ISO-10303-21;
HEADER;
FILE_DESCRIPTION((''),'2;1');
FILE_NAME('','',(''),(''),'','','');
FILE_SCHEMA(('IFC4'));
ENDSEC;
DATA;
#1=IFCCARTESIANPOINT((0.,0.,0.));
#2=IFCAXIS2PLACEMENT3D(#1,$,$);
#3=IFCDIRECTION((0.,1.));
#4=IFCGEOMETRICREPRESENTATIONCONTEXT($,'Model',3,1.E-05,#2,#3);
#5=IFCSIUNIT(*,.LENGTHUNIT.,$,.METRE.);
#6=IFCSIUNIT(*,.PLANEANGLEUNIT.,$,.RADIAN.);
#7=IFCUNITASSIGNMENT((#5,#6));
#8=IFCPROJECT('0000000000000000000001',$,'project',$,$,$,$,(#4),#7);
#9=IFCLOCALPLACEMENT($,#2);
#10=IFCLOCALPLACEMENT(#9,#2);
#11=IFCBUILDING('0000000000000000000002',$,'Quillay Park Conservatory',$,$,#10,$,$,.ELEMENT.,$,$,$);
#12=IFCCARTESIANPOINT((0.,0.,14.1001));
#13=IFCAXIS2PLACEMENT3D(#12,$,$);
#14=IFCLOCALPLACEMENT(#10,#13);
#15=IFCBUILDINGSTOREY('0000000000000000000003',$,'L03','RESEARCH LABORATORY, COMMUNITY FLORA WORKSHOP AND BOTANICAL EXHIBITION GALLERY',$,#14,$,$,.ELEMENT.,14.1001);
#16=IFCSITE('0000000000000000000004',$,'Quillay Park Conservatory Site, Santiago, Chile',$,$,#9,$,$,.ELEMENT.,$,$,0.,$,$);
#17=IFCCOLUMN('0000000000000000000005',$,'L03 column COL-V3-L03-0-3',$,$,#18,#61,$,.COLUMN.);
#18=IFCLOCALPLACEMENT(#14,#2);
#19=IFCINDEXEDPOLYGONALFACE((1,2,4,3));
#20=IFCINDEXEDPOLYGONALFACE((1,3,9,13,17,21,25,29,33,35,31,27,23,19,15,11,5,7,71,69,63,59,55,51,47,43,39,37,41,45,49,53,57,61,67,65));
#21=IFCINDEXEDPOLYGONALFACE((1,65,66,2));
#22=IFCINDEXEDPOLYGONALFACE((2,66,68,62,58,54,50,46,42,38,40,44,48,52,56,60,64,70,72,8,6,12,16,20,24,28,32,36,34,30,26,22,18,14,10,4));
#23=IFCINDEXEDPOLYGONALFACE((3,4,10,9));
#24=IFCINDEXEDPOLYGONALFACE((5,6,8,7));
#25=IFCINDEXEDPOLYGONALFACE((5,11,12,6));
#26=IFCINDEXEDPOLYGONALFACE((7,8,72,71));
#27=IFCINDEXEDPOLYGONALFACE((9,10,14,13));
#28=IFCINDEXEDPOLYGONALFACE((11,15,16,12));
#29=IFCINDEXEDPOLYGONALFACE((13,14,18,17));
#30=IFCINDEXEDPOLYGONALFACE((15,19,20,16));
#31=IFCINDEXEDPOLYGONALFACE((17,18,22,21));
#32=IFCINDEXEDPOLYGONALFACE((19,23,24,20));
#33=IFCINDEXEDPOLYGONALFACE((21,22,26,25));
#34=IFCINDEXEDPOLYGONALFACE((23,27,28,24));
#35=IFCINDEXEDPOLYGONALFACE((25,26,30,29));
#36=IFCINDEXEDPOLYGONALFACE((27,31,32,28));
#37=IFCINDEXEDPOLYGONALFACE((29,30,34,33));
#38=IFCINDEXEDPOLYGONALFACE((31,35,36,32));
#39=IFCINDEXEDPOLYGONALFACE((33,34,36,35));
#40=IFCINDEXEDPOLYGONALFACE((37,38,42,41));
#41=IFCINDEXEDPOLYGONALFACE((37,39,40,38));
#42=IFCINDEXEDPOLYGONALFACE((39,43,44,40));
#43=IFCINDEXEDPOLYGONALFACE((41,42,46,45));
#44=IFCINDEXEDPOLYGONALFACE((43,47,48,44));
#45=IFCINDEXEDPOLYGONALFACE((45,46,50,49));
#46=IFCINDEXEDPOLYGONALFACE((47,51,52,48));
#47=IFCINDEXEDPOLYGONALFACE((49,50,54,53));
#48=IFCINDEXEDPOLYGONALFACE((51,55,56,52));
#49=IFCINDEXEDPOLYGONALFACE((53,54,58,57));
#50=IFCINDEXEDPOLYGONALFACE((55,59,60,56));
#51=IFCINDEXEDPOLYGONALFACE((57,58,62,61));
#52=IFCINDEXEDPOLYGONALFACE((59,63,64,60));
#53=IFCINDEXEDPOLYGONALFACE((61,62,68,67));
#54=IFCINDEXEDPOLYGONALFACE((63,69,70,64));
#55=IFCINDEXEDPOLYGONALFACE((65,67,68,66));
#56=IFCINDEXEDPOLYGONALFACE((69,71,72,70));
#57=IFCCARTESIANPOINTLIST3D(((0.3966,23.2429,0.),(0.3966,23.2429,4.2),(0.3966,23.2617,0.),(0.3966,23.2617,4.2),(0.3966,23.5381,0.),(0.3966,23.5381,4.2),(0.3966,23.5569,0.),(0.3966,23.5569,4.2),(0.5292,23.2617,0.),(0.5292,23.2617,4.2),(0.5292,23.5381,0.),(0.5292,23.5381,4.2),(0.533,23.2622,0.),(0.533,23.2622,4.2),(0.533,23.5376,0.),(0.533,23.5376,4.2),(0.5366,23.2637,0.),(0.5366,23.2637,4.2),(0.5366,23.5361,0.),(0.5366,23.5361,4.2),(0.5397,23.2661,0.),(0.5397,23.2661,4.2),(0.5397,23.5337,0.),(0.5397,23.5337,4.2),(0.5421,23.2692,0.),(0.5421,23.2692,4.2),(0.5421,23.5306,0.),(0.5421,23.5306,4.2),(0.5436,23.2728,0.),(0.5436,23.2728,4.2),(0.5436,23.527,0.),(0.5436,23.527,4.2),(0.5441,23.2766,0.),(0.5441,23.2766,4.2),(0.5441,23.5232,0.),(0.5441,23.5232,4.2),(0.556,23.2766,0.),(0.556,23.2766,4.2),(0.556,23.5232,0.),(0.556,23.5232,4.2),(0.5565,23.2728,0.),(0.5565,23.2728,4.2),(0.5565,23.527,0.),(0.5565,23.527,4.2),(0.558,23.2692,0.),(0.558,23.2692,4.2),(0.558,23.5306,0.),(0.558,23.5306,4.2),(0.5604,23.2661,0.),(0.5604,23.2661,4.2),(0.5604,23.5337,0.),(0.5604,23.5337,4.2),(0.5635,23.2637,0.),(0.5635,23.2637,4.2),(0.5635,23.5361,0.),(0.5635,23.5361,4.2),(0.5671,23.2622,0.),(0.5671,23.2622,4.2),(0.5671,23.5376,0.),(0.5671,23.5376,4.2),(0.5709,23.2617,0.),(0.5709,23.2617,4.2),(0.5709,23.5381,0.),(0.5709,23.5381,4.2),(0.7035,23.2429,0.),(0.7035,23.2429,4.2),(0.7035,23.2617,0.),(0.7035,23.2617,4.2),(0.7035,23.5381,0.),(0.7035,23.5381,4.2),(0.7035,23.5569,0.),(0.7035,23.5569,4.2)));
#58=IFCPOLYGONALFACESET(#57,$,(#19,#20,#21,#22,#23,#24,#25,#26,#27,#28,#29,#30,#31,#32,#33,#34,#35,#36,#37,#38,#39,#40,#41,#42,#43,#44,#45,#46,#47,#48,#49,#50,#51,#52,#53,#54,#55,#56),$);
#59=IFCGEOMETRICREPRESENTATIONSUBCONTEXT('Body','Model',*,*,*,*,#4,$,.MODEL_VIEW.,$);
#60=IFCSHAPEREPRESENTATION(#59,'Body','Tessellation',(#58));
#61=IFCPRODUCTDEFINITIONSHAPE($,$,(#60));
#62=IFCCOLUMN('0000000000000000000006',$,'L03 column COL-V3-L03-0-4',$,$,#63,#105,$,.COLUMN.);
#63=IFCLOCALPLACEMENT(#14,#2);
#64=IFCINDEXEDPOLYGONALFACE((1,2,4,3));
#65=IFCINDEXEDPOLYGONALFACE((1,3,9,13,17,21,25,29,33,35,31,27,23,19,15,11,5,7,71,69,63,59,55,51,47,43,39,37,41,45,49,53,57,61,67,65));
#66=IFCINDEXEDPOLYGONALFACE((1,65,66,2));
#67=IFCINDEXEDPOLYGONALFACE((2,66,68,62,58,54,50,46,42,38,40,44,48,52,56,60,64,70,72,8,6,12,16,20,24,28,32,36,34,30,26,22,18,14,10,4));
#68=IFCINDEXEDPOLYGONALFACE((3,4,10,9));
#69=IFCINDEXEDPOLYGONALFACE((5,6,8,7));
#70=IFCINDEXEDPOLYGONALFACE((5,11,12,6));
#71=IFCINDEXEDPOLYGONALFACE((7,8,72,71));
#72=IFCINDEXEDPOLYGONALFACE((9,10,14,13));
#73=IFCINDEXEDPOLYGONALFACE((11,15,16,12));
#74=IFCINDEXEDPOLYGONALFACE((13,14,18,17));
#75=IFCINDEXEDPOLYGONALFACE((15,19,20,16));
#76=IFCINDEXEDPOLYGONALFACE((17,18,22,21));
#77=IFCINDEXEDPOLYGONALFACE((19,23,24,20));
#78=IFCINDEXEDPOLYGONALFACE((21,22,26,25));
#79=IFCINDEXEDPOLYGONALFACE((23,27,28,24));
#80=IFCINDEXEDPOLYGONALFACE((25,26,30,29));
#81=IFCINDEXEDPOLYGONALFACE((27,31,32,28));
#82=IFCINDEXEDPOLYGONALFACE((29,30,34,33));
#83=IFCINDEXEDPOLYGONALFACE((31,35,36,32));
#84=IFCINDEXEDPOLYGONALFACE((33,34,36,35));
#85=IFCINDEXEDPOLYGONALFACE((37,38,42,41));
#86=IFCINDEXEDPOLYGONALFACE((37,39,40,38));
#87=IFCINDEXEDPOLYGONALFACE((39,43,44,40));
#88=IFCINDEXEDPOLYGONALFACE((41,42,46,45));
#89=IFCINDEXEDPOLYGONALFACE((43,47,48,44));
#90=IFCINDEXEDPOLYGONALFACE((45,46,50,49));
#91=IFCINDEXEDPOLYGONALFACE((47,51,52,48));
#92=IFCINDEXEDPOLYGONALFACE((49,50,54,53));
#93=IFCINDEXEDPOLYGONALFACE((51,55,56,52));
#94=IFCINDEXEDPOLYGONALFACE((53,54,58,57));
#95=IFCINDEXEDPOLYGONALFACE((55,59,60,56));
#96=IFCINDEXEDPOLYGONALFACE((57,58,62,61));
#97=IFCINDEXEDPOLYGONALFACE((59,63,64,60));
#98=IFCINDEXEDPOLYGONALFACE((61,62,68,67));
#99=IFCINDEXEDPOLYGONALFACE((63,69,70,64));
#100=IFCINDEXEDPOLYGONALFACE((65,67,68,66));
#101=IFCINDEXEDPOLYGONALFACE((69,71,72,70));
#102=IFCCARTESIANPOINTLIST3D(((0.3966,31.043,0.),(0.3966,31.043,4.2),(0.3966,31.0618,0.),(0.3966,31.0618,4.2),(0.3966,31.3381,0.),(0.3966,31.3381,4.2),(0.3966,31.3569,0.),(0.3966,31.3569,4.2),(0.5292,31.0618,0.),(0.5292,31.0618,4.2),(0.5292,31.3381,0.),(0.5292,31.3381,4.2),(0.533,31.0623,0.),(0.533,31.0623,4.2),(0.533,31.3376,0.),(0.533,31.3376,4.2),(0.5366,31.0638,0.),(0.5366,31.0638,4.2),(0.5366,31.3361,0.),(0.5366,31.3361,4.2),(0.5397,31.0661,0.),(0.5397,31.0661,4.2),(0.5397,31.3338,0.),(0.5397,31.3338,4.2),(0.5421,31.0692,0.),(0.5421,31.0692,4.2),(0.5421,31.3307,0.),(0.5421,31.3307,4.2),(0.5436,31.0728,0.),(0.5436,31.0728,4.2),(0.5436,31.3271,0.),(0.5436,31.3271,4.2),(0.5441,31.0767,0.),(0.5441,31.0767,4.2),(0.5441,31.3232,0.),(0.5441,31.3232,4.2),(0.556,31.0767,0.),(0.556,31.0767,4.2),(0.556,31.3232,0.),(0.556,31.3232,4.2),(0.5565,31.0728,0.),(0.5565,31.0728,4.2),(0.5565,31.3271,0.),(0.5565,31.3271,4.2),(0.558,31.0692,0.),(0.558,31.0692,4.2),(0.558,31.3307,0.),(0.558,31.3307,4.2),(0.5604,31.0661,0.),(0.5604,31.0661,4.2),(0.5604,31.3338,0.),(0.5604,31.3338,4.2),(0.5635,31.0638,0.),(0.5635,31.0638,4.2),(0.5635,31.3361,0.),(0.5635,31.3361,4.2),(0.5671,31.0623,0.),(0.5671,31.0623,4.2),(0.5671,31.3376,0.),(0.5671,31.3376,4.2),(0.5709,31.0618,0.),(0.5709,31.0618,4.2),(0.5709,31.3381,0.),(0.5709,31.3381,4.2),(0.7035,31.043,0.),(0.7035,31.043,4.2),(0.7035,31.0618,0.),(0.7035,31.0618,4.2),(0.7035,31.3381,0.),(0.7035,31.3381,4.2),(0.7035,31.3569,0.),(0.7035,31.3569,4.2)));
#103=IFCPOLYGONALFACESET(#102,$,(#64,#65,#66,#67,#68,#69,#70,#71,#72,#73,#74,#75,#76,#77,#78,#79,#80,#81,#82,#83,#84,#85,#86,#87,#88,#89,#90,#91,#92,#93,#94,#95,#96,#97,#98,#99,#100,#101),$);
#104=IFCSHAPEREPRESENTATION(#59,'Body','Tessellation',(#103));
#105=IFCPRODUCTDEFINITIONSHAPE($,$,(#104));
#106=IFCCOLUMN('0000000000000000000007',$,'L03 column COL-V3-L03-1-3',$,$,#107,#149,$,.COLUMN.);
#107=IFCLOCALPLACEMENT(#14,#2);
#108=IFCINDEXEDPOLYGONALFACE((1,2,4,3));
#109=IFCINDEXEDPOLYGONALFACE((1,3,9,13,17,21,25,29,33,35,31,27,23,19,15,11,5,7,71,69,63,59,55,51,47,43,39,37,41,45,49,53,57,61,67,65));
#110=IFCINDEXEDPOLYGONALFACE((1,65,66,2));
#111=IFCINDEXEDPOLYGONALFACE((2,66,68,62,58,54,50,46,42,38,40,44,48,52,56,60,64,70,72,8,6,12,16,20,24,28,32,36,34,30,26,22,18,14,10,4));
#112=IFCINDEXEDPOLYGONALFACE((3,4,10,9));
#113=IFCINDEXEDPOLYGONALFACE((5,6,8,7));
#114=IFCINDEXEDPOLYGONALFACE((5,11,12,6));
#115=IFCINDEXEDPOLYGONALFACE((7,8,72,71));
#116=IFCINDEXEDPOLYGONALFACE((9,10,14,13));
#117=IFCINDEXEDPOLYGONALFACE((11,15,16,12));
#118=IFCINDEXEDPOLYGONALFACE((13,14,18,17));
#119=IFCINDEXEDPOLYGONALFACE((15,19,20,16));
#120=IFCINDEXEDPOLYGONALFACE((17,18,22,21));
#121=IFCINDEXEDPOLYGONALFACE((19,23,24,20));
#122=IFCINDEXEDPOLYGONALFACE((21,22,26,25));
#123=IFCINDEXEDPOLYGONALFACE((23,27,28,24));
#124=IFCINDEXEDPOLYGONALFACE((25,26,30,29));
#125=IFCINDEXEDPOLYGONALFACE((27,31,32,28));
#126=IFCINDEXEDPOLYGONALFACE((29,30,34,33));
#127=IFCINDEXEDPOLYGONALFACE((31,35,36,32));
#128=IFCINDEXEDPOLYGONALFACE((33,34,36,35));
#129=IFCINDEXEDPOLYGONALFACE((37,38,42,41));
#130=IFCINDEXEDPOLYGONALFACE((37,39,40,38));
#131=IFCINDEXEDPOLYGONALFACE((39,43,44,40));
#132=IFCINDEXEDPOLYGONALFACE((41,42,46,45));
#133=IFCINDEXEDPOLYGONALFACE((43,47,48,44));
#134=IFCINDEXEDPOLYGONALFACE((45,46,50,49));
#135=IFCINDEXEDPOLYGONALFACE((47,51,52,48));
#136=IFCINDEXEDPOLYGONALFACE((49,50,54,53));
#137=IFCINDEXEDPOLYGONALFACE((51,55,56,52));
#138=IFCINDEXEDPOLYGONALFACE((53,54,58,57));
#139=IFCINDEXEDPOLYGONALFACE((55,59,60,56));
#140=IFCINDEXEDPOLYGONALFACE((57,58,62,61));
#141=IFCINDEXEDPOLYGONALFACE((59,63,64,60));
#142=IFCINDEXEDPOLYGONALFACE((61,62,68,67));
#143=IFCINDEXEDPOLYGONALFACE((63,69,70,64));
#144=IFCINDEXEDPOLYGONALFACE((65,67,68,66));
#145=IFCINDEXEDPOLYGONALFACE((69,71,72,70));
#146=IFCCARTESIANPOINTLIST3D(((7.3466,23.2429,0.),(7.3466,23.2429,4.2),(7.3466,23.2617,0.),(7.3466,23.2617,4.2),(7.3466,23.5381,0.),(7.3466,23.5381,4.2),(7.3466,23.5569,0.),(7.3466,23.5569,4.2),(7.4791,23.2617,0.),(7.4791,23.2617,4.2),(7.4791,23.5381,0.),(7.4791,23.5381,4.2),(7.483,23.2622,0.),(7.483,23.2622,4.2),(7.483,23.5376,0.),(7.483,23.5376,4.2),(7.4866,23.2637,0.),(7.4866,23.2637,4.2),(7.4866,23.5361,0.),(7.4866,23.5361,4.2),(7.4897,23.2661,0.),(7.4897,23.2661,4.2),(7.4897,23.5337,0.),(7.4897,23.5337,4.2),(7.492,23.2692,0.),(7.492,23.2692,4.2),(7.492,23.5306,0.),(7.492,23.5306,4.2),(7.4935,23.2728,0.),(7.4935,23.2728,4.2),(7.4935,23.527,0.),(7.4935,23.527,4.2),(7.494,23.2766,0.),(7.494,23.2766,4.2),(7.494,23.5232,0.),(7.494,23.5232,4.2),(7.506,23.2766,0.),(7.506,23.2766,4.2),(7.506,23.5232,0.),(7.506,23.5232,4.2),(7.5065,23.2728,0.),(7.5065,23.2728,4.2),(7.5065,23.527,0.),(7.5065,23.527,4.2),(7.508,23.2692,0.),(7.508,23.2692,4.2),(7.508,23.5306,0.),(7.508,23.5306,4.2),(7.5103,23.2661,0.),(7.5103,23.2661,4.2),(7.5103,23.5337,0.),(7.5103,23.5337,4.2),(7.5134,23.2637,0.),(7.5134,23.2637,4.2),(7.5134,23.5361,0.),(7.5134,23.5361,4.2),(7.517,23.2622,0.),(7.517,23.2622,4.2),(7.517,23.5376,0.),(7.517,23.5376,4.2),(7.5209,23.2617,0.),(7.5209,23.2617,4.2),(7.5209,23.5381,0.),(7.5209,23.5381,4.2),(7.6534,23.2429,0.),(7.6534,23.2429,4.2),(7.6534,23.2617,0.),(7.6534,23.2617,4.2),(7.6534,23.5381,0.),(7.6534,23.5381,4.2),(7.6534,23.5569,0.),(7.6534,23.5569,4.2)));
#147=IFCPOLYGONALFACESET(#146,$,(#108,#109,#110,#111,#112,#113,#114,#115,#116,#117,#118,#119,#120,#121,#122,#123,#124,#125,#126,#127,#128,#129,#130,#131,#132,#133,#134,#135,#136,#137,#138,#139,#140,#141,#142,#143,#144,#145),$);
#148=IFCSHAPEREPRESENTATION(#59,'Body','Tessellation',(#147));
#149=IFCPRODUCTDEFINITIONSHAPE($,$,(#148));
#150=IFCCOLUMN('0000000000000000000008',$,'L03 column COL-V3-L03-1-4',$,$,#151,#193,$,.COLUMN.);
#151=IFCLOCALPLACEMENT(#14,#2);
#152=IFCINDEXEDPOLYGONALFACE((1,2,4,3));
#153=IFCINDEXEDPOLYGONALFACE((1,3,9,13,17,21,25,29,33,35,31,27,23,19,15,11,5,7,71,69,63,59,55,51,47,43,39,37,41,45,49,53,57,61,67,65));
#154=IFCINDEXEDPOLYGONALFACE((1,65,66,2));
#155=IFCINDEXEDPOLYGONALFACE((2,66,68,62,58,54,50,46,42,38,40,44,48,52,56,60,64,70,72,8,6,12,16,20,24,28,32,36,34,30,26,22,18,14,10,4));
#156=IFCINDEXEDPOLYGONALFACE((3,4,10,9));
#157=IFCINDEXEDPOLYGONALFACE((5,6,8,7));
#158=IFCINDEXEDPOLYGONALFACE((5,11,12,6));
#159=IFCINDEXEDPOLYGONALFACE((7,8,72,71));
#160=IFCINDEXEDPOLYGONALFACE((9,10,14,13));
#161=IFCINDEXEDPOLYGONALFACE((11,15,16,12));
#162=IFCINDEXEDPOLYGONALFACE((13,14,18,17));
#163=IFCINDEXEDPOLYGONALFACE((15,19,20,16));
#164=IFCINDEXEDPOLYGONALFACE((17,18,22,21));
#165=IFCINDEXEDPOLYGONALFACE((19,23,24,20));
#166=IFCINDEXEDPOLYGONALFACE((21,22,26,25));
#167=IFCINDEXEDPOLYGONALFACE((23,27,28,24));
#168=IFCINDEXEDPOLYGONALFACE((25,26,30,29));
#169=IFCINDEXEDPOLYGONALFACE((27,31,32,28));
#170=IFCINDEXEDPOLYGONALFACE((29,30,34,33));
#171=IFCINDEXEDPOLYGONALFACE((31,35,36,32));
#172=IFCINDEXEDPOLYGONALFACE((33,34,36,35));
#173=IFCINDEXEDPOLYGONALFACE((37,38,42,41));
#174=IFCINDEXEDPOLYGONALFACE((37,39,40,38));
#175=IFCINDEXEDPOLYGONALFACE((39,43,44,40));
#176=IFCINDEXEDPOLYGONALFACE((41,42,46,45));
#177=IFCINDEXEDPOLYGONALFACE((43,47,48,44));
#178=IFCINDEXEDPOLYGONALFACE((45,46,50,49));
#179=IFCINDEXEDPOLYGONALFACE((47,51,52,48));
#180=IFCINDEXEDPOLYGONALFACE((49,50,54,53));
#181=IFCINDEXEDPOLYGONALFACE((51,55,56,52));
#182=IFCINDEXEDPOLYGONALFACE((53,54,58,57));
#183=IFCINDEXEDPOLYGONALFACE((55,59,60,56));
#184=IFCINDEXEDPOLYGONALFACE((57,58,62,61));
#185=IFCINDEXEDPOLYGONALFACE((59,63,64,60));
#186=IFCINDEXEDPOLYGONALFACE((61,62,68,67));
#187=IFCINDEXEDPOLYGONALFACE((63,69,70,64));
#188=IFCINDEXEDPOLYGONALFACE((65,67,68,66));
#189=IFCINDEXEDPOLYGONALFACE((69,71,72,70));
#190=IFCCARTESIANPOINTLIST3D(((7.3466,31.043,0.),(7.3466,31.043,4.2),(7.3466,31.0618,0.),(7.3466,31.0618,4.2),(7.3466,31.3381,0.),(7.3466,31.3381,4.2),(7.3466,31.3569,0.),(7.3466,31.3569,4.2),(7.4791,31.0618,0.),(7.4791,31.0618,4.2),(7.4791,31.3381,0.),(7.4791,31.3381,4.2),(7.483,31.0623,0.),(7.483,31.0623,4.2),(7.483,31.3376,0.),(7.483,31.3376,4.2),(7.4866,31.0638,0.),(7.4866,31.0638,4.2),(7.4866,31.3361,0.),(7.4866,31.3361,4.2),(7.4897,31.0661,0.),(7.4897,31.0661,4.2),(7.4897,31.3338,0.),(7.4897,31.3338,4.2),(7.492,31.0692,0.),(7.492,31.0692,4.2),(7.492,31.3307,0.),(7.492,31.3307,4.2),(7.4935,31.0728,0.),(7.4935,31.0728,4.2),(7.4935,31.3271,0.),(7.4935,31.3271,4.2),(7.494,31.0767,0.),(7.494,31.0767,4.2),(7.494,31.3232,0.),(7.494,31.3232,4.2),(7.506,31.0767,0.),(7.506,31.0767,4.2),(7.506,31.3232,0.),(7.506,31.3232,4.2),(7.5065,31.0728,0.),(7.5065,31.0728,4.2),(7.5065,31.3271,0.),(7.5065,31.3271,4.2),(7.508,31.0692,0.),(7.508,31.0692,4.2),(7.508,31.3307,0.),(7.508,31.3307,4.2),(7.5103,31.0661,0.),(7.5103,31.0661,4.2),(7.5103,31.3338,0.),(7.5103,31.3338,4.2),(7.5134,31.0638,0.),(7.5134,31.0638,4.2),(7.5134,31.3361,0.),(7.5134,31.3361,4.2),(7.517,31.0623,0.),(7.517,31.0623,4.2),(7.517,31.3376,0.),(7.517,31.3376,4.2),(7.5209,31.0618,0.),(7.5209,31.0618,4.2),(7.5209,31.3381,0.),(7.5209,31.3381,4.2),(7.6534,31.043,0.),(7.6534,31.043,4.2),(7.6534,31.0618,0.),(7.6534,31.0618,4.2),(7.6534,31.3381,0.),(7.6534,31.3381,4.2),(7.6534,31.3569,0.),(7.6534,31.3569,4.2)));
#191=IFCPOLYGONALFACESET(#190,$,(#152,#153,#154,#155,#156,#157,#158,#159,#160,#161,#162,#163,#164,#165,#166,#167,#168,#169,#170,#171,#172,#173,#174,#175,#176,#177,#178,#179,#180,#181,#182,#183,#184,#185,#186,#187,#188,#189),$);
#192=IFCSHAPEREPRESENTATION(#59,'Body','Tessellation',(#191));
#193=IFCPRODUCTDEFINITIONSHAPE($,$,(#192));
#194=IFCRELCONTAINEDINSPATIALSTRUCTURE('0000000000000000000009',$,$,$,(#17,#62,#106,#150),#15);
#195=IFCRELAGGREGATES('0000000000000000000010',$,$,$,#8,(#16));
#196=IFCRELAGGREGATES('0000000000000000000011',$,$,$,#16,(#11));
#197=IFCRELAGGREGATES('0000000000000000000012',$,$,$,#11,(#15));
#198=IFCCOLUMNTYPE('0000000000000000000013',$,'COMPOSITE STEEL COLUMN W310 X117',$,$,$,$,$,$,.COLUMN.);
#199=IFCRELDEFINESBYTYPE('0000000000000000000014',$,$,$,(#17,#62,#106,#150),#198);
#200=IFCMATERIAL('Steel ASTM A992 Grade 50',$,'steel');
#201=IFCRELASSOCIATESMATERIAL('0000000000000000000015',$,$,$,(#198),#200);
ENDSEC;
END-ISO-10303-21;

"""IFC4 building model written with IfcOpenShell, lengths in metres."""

from ifc_helpers import new_model, si_unit, direction, frame, origin, origin_2d, place, context, subcontext, project, spatial, i_section, extrude, material, material_profile, profile_set, type_object, element, save


model = new_model("IFC4")

# Units and contexts
model_context = context("Model", 3, precision=1e-05, world=origin(), true_north=direction((0.0, 1.0)))
body_context = subcontext(model_context, "Body", "Model", "MODEL_VIEW")
ifc_project = project(units=[si_unit("LENGTHUNIT", "METRE"), si_unit("PLANEANGLEUNIT", "RADIAN")], contexts=[model_context])

# Site, building, storey
site_placement = place(None, origin())
site = spatial("IfcSite", under=ifc_project, at=site_placement, Name="Quillay Park Conservatory Site, Santiago, Chile", CompositionType="ELEMENT", RefElevation=0.0)
building_placement = place(site_placement, origin())
building = spatial("IfcBuilding", under=site, at=building_placement, Name="Quillay Park Conservatory", CompositionType="ELEMENT")
storey_placement = place(building_placement, frame((0.0, 0.0, 14.1001)))
storey = spatial("IfcBuildingStorey", under=building, at=storey_placement, Name="L03", Description="RESEARCH LABORATORY, COMMUNITY FLORA WORKSHOP AND BOTANICAL EXHIBITION GALLERY", CompositionType="ELEMENT", Elevation=14.1001)

# Columns
ifc_material_1 = material(Name="Steel ASTM A992 Grade 50", Category="steel")
ifc_material_profile_1 = material_profile(ifc_material_1, i_section(OverallWidth=0.3069, OverallDepth=0.314, WebThickness=0.012, FlangeThickness=0.0188, FilletRadius=0.0149, at=origin_2d()), Name="W310x117")
ifc_profile_set_1 = profile_set([ifc_material_profile_1], Name="Steel ASTM A992 Grade 50")
column_type = type_object("IfcColumnType", Name="COMPOSITE STEEL COLUMN W310 X117", PredefinedType="COLUMN", material=ifc_profile_set_1)
for number, where, z_axis, x_axis, name in (
    (1, (0.55, 23.3999, 0.0), (0.0, 0.0, 1.0), (1.0, 0.0, 0.0), "L03 column COL-V3-L03-0-3"),
    (2, (0.55, 31.2, 0.0), (0.0, 0.0, 1.0), (1.0, 0.0, 0.0), "L03 column COL-V3-L03-0-4"),
    (3, (7.5, 23.3999, 0.0), (0.0, 0.0, 1.0), (1.0, 0.0, 0.0), "L03 column COL-V3-L03-1-3"),
    (4, (7.5, 31.2, 0.0), (0.0, 0.0, 1.0), (1.0, 0.0, 0.0), "L03 column COL-V3-L03-1-4"),
):
    element("IfcColumn", number, at=place(storey_placement, frame(where, z_axis=z_axis, x_axis=x_axis)), inside=storey, type_object=column_type, Name=name, PredefinedType="COLUMN", context=body_context, shape_type="SweptSolid", body=[
        extrude(i_section(OverallWidth=0.3069, OverallDepth=0.314, WebThickness=0.012, FlangeThickness=0.0188, FilletRadius=0.0149, at=origin_2d()), origin(), (0.0, 0.0, 1.0), 4.2),
    ])

save(model, "model.ifc")
